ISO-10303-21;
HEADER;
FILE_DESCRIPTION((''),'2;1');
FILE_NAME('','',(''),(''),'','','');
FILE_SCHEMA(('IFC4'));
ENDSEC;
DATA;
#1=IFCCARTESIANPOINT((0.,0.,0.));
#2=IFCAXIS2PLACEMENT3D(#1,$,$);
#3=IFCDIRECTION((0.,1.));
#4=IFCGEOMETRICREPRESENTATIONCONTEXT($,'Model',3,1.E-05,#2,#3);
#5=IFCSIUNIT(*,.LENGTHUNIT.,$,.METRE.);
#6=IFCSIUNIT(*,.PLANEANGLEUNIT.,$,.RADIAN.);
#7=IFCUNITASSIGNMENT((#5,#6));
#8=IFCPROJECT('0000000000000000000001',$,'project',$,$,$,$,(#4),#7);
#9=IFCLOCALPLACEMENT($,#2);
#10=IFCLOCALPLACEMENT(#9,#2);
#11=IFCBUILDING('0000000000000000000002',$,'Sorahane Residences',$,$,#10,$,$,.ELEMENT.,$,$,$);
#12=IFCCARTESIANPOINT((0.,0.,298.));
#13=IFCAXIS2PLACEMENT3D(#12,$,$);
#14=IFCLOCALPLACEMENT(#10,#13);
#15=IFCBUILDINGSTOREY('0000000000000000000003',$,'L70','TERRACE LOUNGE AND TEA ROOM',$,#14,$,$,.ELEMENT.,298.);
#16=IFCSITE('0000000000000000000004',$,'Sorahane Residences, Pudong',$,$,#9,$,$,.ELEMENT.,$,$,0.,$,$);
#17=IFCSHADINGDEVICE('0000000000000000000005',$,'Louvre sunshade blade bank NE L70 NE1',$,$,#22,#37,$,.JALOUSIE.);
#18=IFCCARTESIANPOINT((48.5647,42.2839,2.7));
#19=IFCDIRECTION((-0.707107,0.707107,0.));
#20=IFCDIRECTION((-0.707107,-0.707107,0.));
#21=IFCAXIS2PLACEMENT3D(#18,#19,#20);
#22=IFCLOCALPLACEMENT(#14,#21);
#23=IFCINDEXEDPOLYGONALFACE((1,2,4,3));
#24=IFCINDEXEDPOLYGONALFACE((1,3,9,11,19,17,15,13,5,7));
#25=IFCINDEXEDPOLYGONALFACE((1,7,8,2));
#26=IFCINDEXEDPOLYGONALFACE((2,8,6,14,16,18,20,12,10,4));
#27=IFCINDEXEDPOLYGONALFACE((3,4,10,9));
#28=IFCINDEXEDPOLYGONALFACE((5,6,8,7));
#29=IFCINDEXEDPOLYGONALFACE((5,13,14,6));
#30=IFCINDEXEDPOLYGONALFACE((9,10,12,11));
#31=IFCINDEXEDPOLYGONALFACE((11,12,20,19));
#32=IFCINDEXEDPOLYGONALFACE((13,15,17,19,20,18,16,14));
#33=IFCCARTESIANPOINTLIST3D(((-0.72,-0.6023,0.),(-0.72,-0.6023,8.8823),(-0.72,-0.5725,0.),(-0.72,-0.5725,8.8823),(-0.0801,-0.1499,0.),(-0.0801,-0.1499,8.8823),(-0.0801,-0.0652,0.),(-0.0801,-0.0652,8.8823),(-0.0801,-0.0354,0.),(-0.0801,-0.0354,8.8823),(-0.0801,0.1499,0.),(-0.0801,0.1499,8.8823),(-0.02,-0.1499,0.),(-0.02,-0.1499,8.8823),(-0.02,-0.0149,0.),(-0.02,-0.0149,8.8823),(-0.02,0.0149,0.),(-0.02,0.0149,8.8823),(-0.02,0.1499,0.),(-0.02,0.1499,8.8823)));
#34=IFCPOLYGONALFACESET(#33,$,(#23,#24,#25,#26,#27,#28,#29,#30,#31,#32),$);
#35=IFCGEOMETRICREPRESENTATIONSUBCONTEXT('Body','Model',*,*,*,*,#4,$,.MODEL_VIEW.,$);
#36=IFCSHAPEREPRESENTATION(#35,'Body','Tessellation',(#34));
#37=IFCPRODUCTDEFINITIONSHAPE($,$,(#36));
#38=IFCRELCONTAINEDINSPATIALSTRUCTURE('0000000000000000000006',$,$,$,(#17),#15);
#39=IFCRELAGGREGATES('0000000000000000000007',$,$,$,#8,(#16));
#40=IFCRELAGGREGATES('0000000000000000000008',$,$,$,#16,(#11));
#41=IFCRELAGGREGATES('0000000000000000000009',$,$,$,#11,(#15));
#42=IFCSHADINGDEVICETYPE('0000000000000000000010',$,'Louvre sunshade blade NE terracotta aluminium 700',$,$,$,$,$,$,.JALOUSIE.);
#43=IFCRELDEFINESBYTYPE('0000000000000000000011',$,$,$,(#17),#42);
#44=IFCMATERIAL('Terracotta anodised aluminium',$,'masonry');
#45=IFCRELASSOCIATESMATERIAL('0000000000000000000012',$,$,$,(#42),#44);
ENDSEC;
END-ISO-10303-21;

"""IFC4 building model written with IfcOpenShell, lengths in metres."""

from ifc_helpers import new_model, si_unit, direction, frame, origin, place, context, subcontext, project, spatial, polyline, outline, extrude, material, type_object, element, save


model = new_model("IFC4")

# Units and contexts
model_context = context("Model", 3, precision=1e-05, world=origin(), true_north=direction((0.0, 1.0)))
body_context = subcontext(model_context, "Body", "Model", "MODEL_VIEW")
ifc_project = project(units=[si_unit("LENGTHUNIT", "METRE"), si_unit("PLANEANGLEUNIT", "RADIAN")], contexts=[model_context])

# Site, building, storey
site_placement = place(None, origin())
site = spatial("IfcSite", under=ifc_project, at=site_placement, Name="Sorahane Residences, Pudong", CompositionType="ELEMENT", RefElevation=0.0)
building_placement = place(site_placement, origin())
building = spatial("IfcBuilding", under=site, at=building_placement, Name="Sorahane Residences", CompositionType="ELEMENT")
storey_placement = place(building_placement, frame((0.0, 0.0, 298.0)))
storey = spatial("IfcBuildingStorey", under=building, at=storey_placement, Name="L70", Description="TERRACE LOUNGE AND TEA ROOM", CompositionType="ELEMENT", Elevation=298.0)

# Shading device
ifc_material_1 = material(Name="Terracotta anodised aluminium", Category="masonry")
shading_device_type = type_object("IfcShadingDeviceType", Name="Louvre sunshade blade NE terracotta aluminium 700", PredefinedType="JALOUSIE", material=ifc_material_1)
shading_device_placement = place(storey_placement, frame((48.5647, 42.2839, 2.7), z_axis=(-0.707107, 0.707107, 0.0), x_axis=(-0.707107, -0.707107, 0.0)))
element("IfcShadingDevice", 1, at=shading_device_placement, inside=storey, type_object=shading_device_type, Name="Louvre sunshade blade bank NE L70 NE1", PredefinedType="JALOUSIE", context=body_context, shape_type="SweptSolid", body=[
    extrude(outline(polyline([(-0.72, -0.5725), (-0.72, -0.6023), (-0.0801, -0.0652), (-0.0801, -0.1499), (-0.02, -0.1499), (-0.02, -0.0149), (-0.02, 0.0149), (-0.02, 0.1499), (-0.0801, 0.1499), (-0.0801, -0.0354), (-0.72, -0.5725)])), origin(), (0.0, 0.0, 1.0), 8.8823),
])

save(model, "model.ifc")
